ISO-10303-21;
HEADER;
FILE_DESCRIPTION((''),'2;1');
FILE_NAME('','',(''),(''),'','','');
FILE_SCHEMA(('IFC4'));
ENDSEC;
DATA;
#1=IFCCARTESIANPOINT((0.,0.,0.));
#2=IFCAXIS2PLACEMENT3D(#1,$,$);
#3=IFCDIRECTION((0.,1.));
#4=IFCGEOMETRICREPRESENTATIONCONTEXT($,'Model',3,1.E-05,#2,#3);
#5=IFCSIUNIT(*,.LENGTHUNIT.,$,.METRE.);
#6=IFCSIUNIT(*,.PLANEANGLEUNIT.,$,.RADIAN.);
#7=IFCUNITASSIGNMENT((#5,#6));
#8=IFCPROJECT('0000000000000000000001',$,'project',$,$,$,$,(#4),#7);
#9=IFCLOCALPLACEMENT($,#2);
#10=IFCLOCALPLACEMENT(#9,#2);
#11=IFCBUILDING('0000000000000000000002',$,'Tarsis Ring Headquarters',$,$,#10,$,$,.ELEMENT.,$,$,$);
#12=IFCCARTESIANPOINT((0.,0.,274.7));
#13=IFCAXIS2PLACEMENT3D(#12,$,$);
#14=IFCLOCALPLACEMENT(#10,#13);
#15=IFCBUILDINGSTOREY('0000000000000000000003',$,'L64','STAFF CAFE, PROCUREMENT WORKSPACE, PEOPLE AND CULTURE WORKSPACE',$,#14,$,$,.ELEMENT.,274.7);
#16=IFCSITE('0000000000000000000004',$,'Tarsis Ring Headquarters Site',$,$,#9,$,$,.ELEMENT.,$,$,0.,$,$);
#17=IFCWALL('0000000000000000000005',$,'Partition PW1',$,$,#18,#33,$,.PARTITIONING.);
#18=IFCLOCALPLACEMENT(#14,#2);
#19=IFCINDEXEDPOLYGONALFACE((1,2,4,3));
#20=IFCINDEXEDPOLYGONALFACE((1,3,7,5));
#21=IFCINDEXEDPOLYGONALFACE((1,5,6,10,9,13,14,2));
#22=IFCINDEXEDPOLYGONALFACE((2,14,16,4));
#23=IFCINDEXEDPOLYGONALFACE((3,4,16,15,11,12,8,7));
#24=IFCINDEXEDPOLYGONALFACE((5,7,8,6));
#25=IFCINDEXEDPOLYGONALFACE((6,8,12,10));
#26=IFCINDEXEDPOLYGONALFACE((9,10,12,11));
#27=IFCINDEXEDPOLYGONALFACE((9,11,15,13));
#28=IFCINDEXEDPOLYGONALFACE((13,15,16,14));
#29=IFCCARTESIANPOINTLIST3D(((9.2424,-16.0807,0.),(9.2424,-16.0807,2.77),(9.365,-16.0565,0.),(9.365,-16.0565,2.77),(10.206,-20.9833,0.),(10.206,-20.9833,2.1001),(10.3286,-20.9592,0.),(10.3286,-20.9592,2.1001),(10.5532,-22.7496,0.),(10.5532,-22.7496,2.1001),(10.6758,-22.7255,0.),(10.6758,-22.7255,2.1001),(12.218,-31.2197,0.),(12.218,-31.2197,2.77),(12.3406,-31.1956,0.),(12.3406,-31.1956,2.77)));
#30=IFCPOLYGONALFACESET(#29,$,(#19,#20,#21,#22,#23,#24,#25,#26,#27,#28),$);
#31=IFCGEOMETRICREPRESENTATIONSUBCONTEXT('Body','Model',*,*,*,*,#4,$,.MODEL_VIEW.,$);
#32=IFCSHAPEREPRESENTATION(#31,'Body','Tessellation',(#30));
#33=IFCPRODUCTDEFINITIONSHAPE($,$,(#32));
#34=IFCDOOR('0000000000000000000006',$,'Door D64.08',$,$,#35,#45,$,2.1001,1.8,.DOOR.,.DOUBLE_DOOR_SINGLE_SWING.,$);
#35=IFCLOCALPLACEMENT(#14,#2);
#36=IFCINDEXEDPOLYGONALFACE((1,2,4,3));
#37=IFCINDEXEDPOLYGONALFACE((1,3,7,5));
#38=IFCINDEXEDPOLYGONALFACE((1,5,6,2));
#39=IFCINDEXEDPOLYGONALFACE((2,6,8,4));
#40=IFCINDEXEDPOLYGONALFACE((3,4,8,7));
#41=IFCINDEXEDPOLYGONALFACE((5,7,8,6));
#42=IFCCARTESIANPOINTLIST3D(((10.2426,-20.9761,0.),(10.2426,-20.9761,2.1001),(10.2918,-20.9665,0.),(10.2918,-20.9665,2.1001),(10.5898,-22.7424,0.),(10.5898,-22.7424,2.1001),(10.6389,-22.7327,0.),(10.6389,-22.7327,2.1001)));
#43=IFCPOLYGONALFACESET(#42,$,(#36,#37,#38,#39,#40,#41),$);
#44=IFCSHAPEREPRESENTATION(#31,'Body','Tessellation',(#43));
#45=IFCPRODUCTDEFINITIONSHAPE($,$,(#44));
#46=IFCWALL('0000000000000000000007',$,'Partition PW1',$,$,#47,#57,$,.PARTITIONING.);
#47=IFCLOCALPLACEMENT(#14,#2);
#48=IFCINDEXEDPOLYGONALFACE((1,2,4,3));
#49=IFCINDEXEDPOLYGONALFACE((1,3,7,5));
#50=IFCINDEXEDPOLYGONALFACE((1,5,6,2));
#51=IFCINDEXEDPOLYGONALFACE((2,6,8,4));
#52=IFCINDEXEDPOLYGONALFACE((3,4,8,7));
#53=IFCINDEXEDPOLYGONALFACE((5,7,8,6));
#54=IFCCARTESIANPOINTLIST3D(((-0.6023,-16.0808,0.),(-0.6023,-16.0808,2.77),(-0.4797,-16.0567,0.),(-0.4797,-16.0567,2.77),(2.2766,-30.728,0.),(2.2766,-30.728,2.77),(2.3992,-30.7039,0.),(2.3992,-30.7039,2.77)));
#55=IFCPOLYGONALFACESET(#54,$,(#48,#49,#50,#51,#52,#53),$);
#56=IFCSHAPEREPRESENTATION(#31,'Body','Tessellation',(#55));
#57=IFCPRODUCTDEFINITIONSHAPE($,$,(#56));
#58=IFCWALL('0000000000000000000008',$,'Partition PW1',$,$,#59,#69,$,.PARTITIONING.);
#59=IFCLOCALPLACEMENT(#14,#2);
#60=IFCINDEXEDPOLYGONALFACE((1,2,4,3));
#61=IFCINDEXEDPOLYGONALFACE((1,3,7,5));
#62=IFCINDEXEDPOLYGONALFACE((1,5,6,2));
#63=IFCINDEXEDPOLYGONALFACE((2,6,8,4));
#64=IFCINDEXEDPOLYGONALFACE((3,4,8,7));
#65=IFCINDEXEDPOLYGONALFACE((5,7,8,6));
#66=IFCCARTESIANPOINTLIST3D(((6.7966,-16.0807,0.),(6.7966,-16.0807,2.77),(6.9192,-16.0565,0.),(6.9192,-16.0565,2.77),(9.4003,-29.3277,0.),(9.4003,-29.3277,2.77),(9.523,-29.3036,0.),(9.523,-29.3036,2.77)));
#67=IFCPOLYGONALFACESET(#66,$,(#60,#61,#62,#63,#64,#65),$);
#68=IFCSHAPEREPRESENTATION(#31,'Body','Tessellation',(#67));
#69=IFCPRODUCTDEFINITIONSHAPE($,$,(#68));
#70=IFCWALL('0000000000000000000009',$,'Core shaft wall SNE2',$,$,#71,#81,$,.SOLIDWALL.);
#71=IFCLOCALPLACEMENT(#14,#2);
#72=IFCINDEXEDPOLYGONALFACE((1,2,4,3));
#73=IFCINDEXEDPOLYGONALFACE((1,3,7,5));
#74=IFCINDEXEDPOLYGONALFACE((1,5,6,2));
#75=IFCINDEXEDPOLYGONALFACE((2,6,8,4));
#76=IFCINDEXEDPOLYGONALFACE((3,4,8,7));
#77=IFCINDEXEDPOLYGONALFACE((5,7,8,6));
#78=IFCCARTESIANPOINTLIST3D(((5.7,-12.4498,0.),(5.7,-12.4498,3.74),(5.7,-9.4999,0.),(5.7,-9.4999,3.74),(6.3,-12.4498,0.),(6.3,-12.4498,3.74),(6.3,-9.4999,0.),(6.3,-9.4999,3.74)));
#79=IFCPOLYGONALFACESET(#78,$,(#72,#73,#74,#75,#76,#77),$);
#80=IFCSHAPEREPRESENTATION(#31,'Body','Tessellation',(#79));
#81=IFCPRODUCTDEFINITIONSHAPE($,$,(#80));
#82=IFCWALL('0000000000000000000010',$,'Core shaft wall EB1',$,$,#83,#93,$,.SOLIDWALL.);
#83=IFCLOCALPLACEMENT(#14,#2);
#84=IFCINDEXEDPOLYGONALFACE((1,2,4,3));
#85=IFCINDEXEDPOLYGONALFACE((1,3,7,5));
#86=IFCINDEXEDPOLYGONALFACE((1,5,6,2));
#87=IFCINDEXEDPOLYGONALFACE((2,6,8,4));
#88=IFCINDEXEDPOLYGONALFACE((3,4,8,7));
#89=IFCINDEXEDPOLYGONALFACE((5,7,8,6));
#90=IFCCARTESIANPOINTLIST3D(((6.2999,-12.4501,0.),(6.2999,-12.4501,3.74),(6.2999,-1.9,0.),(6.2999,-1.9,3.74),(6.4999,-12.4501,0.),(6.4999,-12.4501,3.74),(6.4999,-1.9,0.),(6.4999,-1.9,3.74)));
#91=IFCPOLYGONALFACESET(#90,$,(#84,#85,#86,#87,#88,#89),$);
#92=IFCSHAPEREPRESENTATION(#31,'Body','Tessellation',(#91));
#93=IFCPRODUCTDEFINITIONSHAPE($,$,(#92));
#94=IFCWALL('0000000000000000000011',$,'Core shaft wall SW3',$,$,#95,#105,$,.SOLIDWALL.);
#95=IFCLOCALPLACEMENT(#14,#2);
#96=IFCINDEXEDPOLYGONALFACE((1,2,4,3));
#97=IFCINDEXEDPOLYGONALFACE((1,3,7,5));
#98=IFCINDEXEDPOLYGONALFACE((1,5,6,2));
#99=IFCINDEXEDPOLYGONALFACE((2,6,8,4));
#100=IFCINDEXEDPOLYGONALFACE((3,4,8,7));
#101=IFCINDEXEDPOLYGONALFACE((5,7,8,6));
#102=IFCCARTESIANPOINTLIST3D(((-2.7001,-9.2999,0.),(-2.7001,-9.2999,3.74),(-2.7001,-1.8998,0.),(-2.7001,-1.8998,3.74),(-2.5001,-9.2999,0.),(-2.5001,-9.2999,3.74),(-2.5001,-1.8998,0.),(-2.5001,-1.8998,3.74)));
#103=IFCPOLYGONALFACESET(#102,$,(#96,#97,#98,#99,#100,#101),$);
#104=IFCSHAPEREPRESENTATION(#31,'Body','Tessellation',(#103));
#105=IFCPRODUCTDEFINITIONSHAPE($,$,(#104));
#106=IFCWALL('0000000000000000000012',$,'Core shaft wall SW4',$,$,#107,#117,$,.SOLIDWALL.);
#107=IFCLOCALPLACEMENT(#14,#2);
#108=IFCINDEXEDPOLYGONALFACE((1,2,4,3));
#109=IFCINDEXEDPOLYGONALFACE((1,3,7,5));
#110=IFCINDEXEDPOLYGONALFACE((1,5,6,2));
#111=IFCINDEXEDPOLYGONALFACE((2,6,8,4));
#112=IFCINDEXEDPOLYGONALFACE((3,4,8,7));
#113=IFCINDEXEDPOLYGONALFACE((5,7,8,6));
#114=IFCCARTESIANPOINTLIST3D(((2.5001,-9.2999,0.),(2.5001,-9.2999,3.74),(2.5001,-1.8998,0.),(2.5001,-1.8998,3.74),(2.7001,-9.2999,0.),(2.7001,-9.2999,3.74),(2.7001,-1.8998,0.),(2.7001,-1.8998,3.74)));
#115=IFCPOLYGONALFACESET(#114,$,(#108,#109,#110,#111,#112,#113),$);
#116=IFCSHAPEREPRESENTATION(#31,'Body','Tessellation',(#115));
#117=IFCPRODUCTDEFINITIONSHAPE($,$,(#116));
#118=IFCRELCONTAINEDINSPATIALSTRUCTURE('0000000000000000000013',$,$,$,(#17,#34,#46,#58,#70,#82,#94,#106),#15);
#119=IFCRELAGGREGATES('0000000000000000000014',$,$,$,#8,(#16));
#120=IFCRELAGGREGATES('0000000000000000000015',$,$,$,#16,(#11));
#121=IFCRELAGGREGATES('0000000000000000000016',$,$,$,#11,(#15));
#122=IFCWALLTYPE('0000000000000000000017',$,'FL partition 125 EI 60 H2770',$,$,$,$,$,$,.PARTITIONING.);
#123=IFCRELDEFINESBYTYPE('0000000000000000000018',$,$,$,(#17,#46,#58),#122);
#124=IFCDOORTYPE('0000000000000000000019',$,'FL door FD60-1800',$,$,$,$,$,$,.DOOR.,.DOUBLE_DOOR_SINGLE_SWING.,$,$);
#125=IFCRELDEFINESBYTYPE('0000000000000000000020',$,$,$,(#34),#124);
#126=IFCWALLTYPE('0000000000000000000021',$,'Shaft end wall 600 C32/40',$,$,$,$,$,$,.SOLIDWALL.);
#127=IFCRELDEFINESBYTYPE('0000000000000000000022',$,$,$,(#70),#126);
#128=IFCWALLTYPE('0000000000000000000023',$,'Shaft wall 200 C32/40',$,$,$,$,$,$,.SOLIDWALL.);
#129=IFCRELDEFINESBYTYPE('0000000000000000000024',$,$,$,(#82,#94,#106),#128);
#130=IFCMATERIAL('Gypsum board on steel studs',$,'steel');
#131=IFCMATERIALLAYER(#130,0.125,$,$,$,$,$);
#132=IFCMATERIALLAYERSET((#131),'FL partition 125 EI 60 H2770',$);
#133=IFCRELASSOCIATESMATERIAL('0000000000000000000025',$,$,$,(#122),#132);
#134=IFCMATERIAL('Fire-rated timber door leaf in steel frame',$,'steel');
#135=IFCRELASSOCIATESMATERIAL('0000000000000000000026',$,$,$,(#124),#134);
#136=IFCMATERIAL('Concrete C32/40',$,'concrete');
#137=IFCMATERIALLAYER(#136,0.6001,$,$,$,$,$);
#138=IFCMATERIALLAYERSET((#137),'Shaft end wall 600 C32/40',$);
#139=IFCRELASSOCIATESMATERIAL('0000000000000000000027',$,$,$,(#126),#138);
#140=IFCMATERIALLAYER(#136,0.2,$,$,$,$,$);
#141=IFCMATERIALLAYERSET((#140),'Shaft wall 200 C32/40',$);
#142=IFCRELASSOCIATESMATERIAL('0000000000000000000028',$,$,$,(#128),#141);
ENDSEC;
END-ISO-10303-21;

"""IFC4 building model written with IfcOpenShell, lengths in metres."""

from ifc_helpers import new_model, si_unit, direction, frame, frame_2d, origin, place, context, subcontext, project, spatial, rectangle, extrude, material, layer, layer_set, type_object, element, fill, save


model = new_model("IFC4")

# Units and contexts
model_context = context("Model", 3, precision=1e-05, world=origin(), true_north=direction((0.0, 1.0)))
body_context = subcontext(model_context, "Body", "Model", "MODEL_VIEW")
ifc_project = project(units=[si_unit("LENGTHUNIT", "METRE"), si_unit("PLANEANGLEUNIT", "RADIAN")], contexts=[model_context])

# Site, building, storey
site_placement = place(None, origin())
site = spatial("IfcSite", under=ifc_project, at=site_placement, Name="Tarsis Ring Headquarters Site", CompositionType="ELEMENT", RefElevation=0.0)
building_placement = place(site_placement, origin())
building = spatial("IfcBuilding", under=site, at=building_placement, Name="Tarsis Ring Headquarters", CompositionType="ELEMENT")
storey_placement = place(building_placement, frame((0.0, 0.0, 274.7)))
storey = spatial("IfcBuildingStorey", under=building, at=storey_placement, Name="L64", Description="STAFF CAFE, PROCUREMENT WORKSPACE, PEOPLE AND CULTURE WORKSPACE", CompositionType="ELEMENT", Elevation=274.7)

# Shared definitions
ifc_material_1 = material(Name="Gypsum board on steel studs", Category="steel")
ifc_layer_1 = layer(ifc_material_1, 0.125)
ifc_layer_set_1 = layer_set([ifc_layer_1], Name="FL partition 125 EI 60 H2770")
wall_type_1 = type_object("IfcWallType", Name="FL partition 125 EI 60 H2770", PredefinedType="PARTITIONING", material=ifc_layer_set_1)

# Wall, opening, door
wall_1_placement = place(storey_placement, frame((9.3037, -16.0686, 0.0), z_axis=(0.0, 0.0, 1.0), x_axis=(0.192859, -0.981226, 0.0)))
wall_1 = element("IfcWall", 1, at=wall_1_placement, inside=storey, type_object=wall_type_1, Name="Partition PW1", PredefinedType="PARTITIONING", context=body_context, shape_type="SweptSolid", body=[
    extrude(rectangle(XDim=15.4287, YDim=0.125, at=frame_2d((7.7144, 0.0))), origin(), (0.0, 0.0, 1.0), 2.77),
])
opening_1_placement = place(wall_1_placement, frame((4.9966, 0.0, 0.0)))
opening_1 = element("IfcOpeningElement", 2, at=opening_1_placement, cuts=wall_1, PredefinedType="OPENING", context=body_context, shape_type="SweptSolid", body=[
    extrude(rectangle(XDim=1.8, YDim=2.1001, at=frame_2d((0.8999, 1.05))), frame((0.0, 0.0725, 0.0), z_axis=(0.0, -1.0, 0.0), x_axis=(1.0, 0.0, 0.0)), (0.0, 0.0, 1.0), 0.145),
])
ifc_material_2 = material(Name="Fire-rated timber door leaf in steel frame", Category="steel")
door_type_1 = type_object("IfcDoorType", Name="FL door FD60-1800", OperationType="DOUBLE_DOOR_SINGLE_SWING", PredefinedType="DOOR", material=ifc_material_2)
door_1_placement = place(opening_1_placement, origin())
door_1 = element("IfcDoor", 3, at=door_1_placement, inside=storey, type_object=door_type_1, Name="Door D64.08", OperationType="DOUBLE_DOOR_SINGLE_SWING", OverallHeight=2.1001, OverallWidth=1.8, PredefinedType="DOOR", context=body_context, shape_type="SweptSolid", body=[
    extrude(rectangle(XDim=1.8, YDim=2.1001, at=frame_2d((0.8999, 1.05))), frame((0.0, 0.0249, 0.0), z_axis=(0.0, -1.0, 0.0), x_axis=(1.0, 0.0, 0.0)), (0.0, 0.0, 1.0), 0.05),
])
fill(opening_1, door_1)

# Walls
wall_2_placement = place(storey_placement, frame((-0.541, -16.0686, 0.0), z_axis=(0.0, 0.0, 1.0), x_axis=(0.19286, -0.981226, 0.0)))
element("IfcWall", 4, at=wall_2_placement, inside=storey, type_object=wall_type_1, Name="Partition PW1", PredefinedType="PARTITIONING", context=body_context, shape_type="SweptSolid", body=[
    extrude(rectangle(XDim=14.9275, YDim=0.125, at=frame_2d((7.4639, 0.0))), origin(), (0.0, 0.0, 1.0), 2.77),
])
wall_3_placement = place(storey_placement, frame((6.8579, -16.0686, 0.0), z_axis=(0.0, 0.0, 1.0), x_axis=(0.192863, -0.981226, 0.0)))
element("IfcWall", 5, at=wall_3_placement, inside=storey, type_object=wall_type_1, Name="Partition PW1", PredefinedType="PARTITIONING", context=body_context, shape_type="SweptSolid", body=[
    extrude(rectangle(XDim=13.5005, YDim=0.125, at=frame_2d((6.7502, 0.0))), origin(), (0.0, 0.0, 1.0), 2.77),
])
ifc_material_3 = material(Name="Concrete C32/40", Category="concrete")
ifc_layer_2 = layer(ifc_material_3, 0.6001)
ifc_layer_set_2 = layer_set([ifc_layer_2], Name="Shaft end wall 600 C32/40")
wall_type_2 = type_object("IfcWallType", Name="Shaft end wall 600 C32/40", PredefinedType="SOLIDWALL", material=ifc_layer_set_2)
wall_4_placement = place(storey_placement, frame((6.0, -12.45, 0.0), z_axis=(0.0, 0.0, 1.0), x_axis=(0.0, 1.0, 0.0)))
element("IfcWall", 6, at=wall_4_placement, inside=storey, type_object=wall_type_2, Name="Core shaft wall SNE2", PredefinedType="SOLIDWALL", context=body_context, shape_type="SweptSolid", body=[
    extrude(rectangle(XDim=2.95, YDim=0.6001, at=frame_2d((1.4751, 0.0))), origin(), (0.0, 0.0, 1.0), 3.74),
])
ifc_layer_3 = layer(ifc_material_3, 0.2)
ifc_layer_set_3 = layer_set([ifc_layer_3], Name="Shaft wall 200 C32/40")
wall_type_3 = type_object("IfcWallType", Name="Shaft wall 200 C32/40", PredefinedType="SOLIDWALL", material=ifc_layer_set_3)
wall_5_placement = place(storey_placement, frame((6.3999, -12.45, 0.0), z_axis=(0.0, 0.0, 1.0), x_axis=(0.0, 1.0, 0.0)))
element("IfcWall", 7, at=wall_5_placement, inside=storey, type_object=wall_type_3, Name="Core shaft wall EB1", PredefinedType="SOLIDWALL", context=body_context, shape_type="SweptSolid", body=[
    extrude(rectangle(XDim=10.55, YDim=0.2, at=frame_2d((5.2749, 0.0))), origin(), (0.0, 0.0, 1.0), 3.74),
])
for number, where, z_axis, x_axis, name in (
    (8, (-2.6001, -9.3, 0.0), (0.0, 0.0, 1.0), (0.0, 1.0, 0.0), "Core shaft wall SW3"),
    (9, (2.6001, -9.3, 0.0), (0.0, 0.0, 1.0), (0.0, 1.0, 0.0), "Core shaft wall SW4"),
):
    element("IfcWall", number, at=place(storey_placement, frame(where, z_axis=z_axis, x_axis=x_axis)), inside=storey, type_object=wall_type_3, Name=name, PredefinedType="SOLIDWALL", context=body_context, shape_type="SweptSolid", body=[
        extrude(rectangle(XDim=7.4001, YDim=0.2, at=frame_2d((3.7002, 0.0))), origin(), (0.0, 0.0, 1.0), 3.74),
    ])

save(model, "model.ifc")
